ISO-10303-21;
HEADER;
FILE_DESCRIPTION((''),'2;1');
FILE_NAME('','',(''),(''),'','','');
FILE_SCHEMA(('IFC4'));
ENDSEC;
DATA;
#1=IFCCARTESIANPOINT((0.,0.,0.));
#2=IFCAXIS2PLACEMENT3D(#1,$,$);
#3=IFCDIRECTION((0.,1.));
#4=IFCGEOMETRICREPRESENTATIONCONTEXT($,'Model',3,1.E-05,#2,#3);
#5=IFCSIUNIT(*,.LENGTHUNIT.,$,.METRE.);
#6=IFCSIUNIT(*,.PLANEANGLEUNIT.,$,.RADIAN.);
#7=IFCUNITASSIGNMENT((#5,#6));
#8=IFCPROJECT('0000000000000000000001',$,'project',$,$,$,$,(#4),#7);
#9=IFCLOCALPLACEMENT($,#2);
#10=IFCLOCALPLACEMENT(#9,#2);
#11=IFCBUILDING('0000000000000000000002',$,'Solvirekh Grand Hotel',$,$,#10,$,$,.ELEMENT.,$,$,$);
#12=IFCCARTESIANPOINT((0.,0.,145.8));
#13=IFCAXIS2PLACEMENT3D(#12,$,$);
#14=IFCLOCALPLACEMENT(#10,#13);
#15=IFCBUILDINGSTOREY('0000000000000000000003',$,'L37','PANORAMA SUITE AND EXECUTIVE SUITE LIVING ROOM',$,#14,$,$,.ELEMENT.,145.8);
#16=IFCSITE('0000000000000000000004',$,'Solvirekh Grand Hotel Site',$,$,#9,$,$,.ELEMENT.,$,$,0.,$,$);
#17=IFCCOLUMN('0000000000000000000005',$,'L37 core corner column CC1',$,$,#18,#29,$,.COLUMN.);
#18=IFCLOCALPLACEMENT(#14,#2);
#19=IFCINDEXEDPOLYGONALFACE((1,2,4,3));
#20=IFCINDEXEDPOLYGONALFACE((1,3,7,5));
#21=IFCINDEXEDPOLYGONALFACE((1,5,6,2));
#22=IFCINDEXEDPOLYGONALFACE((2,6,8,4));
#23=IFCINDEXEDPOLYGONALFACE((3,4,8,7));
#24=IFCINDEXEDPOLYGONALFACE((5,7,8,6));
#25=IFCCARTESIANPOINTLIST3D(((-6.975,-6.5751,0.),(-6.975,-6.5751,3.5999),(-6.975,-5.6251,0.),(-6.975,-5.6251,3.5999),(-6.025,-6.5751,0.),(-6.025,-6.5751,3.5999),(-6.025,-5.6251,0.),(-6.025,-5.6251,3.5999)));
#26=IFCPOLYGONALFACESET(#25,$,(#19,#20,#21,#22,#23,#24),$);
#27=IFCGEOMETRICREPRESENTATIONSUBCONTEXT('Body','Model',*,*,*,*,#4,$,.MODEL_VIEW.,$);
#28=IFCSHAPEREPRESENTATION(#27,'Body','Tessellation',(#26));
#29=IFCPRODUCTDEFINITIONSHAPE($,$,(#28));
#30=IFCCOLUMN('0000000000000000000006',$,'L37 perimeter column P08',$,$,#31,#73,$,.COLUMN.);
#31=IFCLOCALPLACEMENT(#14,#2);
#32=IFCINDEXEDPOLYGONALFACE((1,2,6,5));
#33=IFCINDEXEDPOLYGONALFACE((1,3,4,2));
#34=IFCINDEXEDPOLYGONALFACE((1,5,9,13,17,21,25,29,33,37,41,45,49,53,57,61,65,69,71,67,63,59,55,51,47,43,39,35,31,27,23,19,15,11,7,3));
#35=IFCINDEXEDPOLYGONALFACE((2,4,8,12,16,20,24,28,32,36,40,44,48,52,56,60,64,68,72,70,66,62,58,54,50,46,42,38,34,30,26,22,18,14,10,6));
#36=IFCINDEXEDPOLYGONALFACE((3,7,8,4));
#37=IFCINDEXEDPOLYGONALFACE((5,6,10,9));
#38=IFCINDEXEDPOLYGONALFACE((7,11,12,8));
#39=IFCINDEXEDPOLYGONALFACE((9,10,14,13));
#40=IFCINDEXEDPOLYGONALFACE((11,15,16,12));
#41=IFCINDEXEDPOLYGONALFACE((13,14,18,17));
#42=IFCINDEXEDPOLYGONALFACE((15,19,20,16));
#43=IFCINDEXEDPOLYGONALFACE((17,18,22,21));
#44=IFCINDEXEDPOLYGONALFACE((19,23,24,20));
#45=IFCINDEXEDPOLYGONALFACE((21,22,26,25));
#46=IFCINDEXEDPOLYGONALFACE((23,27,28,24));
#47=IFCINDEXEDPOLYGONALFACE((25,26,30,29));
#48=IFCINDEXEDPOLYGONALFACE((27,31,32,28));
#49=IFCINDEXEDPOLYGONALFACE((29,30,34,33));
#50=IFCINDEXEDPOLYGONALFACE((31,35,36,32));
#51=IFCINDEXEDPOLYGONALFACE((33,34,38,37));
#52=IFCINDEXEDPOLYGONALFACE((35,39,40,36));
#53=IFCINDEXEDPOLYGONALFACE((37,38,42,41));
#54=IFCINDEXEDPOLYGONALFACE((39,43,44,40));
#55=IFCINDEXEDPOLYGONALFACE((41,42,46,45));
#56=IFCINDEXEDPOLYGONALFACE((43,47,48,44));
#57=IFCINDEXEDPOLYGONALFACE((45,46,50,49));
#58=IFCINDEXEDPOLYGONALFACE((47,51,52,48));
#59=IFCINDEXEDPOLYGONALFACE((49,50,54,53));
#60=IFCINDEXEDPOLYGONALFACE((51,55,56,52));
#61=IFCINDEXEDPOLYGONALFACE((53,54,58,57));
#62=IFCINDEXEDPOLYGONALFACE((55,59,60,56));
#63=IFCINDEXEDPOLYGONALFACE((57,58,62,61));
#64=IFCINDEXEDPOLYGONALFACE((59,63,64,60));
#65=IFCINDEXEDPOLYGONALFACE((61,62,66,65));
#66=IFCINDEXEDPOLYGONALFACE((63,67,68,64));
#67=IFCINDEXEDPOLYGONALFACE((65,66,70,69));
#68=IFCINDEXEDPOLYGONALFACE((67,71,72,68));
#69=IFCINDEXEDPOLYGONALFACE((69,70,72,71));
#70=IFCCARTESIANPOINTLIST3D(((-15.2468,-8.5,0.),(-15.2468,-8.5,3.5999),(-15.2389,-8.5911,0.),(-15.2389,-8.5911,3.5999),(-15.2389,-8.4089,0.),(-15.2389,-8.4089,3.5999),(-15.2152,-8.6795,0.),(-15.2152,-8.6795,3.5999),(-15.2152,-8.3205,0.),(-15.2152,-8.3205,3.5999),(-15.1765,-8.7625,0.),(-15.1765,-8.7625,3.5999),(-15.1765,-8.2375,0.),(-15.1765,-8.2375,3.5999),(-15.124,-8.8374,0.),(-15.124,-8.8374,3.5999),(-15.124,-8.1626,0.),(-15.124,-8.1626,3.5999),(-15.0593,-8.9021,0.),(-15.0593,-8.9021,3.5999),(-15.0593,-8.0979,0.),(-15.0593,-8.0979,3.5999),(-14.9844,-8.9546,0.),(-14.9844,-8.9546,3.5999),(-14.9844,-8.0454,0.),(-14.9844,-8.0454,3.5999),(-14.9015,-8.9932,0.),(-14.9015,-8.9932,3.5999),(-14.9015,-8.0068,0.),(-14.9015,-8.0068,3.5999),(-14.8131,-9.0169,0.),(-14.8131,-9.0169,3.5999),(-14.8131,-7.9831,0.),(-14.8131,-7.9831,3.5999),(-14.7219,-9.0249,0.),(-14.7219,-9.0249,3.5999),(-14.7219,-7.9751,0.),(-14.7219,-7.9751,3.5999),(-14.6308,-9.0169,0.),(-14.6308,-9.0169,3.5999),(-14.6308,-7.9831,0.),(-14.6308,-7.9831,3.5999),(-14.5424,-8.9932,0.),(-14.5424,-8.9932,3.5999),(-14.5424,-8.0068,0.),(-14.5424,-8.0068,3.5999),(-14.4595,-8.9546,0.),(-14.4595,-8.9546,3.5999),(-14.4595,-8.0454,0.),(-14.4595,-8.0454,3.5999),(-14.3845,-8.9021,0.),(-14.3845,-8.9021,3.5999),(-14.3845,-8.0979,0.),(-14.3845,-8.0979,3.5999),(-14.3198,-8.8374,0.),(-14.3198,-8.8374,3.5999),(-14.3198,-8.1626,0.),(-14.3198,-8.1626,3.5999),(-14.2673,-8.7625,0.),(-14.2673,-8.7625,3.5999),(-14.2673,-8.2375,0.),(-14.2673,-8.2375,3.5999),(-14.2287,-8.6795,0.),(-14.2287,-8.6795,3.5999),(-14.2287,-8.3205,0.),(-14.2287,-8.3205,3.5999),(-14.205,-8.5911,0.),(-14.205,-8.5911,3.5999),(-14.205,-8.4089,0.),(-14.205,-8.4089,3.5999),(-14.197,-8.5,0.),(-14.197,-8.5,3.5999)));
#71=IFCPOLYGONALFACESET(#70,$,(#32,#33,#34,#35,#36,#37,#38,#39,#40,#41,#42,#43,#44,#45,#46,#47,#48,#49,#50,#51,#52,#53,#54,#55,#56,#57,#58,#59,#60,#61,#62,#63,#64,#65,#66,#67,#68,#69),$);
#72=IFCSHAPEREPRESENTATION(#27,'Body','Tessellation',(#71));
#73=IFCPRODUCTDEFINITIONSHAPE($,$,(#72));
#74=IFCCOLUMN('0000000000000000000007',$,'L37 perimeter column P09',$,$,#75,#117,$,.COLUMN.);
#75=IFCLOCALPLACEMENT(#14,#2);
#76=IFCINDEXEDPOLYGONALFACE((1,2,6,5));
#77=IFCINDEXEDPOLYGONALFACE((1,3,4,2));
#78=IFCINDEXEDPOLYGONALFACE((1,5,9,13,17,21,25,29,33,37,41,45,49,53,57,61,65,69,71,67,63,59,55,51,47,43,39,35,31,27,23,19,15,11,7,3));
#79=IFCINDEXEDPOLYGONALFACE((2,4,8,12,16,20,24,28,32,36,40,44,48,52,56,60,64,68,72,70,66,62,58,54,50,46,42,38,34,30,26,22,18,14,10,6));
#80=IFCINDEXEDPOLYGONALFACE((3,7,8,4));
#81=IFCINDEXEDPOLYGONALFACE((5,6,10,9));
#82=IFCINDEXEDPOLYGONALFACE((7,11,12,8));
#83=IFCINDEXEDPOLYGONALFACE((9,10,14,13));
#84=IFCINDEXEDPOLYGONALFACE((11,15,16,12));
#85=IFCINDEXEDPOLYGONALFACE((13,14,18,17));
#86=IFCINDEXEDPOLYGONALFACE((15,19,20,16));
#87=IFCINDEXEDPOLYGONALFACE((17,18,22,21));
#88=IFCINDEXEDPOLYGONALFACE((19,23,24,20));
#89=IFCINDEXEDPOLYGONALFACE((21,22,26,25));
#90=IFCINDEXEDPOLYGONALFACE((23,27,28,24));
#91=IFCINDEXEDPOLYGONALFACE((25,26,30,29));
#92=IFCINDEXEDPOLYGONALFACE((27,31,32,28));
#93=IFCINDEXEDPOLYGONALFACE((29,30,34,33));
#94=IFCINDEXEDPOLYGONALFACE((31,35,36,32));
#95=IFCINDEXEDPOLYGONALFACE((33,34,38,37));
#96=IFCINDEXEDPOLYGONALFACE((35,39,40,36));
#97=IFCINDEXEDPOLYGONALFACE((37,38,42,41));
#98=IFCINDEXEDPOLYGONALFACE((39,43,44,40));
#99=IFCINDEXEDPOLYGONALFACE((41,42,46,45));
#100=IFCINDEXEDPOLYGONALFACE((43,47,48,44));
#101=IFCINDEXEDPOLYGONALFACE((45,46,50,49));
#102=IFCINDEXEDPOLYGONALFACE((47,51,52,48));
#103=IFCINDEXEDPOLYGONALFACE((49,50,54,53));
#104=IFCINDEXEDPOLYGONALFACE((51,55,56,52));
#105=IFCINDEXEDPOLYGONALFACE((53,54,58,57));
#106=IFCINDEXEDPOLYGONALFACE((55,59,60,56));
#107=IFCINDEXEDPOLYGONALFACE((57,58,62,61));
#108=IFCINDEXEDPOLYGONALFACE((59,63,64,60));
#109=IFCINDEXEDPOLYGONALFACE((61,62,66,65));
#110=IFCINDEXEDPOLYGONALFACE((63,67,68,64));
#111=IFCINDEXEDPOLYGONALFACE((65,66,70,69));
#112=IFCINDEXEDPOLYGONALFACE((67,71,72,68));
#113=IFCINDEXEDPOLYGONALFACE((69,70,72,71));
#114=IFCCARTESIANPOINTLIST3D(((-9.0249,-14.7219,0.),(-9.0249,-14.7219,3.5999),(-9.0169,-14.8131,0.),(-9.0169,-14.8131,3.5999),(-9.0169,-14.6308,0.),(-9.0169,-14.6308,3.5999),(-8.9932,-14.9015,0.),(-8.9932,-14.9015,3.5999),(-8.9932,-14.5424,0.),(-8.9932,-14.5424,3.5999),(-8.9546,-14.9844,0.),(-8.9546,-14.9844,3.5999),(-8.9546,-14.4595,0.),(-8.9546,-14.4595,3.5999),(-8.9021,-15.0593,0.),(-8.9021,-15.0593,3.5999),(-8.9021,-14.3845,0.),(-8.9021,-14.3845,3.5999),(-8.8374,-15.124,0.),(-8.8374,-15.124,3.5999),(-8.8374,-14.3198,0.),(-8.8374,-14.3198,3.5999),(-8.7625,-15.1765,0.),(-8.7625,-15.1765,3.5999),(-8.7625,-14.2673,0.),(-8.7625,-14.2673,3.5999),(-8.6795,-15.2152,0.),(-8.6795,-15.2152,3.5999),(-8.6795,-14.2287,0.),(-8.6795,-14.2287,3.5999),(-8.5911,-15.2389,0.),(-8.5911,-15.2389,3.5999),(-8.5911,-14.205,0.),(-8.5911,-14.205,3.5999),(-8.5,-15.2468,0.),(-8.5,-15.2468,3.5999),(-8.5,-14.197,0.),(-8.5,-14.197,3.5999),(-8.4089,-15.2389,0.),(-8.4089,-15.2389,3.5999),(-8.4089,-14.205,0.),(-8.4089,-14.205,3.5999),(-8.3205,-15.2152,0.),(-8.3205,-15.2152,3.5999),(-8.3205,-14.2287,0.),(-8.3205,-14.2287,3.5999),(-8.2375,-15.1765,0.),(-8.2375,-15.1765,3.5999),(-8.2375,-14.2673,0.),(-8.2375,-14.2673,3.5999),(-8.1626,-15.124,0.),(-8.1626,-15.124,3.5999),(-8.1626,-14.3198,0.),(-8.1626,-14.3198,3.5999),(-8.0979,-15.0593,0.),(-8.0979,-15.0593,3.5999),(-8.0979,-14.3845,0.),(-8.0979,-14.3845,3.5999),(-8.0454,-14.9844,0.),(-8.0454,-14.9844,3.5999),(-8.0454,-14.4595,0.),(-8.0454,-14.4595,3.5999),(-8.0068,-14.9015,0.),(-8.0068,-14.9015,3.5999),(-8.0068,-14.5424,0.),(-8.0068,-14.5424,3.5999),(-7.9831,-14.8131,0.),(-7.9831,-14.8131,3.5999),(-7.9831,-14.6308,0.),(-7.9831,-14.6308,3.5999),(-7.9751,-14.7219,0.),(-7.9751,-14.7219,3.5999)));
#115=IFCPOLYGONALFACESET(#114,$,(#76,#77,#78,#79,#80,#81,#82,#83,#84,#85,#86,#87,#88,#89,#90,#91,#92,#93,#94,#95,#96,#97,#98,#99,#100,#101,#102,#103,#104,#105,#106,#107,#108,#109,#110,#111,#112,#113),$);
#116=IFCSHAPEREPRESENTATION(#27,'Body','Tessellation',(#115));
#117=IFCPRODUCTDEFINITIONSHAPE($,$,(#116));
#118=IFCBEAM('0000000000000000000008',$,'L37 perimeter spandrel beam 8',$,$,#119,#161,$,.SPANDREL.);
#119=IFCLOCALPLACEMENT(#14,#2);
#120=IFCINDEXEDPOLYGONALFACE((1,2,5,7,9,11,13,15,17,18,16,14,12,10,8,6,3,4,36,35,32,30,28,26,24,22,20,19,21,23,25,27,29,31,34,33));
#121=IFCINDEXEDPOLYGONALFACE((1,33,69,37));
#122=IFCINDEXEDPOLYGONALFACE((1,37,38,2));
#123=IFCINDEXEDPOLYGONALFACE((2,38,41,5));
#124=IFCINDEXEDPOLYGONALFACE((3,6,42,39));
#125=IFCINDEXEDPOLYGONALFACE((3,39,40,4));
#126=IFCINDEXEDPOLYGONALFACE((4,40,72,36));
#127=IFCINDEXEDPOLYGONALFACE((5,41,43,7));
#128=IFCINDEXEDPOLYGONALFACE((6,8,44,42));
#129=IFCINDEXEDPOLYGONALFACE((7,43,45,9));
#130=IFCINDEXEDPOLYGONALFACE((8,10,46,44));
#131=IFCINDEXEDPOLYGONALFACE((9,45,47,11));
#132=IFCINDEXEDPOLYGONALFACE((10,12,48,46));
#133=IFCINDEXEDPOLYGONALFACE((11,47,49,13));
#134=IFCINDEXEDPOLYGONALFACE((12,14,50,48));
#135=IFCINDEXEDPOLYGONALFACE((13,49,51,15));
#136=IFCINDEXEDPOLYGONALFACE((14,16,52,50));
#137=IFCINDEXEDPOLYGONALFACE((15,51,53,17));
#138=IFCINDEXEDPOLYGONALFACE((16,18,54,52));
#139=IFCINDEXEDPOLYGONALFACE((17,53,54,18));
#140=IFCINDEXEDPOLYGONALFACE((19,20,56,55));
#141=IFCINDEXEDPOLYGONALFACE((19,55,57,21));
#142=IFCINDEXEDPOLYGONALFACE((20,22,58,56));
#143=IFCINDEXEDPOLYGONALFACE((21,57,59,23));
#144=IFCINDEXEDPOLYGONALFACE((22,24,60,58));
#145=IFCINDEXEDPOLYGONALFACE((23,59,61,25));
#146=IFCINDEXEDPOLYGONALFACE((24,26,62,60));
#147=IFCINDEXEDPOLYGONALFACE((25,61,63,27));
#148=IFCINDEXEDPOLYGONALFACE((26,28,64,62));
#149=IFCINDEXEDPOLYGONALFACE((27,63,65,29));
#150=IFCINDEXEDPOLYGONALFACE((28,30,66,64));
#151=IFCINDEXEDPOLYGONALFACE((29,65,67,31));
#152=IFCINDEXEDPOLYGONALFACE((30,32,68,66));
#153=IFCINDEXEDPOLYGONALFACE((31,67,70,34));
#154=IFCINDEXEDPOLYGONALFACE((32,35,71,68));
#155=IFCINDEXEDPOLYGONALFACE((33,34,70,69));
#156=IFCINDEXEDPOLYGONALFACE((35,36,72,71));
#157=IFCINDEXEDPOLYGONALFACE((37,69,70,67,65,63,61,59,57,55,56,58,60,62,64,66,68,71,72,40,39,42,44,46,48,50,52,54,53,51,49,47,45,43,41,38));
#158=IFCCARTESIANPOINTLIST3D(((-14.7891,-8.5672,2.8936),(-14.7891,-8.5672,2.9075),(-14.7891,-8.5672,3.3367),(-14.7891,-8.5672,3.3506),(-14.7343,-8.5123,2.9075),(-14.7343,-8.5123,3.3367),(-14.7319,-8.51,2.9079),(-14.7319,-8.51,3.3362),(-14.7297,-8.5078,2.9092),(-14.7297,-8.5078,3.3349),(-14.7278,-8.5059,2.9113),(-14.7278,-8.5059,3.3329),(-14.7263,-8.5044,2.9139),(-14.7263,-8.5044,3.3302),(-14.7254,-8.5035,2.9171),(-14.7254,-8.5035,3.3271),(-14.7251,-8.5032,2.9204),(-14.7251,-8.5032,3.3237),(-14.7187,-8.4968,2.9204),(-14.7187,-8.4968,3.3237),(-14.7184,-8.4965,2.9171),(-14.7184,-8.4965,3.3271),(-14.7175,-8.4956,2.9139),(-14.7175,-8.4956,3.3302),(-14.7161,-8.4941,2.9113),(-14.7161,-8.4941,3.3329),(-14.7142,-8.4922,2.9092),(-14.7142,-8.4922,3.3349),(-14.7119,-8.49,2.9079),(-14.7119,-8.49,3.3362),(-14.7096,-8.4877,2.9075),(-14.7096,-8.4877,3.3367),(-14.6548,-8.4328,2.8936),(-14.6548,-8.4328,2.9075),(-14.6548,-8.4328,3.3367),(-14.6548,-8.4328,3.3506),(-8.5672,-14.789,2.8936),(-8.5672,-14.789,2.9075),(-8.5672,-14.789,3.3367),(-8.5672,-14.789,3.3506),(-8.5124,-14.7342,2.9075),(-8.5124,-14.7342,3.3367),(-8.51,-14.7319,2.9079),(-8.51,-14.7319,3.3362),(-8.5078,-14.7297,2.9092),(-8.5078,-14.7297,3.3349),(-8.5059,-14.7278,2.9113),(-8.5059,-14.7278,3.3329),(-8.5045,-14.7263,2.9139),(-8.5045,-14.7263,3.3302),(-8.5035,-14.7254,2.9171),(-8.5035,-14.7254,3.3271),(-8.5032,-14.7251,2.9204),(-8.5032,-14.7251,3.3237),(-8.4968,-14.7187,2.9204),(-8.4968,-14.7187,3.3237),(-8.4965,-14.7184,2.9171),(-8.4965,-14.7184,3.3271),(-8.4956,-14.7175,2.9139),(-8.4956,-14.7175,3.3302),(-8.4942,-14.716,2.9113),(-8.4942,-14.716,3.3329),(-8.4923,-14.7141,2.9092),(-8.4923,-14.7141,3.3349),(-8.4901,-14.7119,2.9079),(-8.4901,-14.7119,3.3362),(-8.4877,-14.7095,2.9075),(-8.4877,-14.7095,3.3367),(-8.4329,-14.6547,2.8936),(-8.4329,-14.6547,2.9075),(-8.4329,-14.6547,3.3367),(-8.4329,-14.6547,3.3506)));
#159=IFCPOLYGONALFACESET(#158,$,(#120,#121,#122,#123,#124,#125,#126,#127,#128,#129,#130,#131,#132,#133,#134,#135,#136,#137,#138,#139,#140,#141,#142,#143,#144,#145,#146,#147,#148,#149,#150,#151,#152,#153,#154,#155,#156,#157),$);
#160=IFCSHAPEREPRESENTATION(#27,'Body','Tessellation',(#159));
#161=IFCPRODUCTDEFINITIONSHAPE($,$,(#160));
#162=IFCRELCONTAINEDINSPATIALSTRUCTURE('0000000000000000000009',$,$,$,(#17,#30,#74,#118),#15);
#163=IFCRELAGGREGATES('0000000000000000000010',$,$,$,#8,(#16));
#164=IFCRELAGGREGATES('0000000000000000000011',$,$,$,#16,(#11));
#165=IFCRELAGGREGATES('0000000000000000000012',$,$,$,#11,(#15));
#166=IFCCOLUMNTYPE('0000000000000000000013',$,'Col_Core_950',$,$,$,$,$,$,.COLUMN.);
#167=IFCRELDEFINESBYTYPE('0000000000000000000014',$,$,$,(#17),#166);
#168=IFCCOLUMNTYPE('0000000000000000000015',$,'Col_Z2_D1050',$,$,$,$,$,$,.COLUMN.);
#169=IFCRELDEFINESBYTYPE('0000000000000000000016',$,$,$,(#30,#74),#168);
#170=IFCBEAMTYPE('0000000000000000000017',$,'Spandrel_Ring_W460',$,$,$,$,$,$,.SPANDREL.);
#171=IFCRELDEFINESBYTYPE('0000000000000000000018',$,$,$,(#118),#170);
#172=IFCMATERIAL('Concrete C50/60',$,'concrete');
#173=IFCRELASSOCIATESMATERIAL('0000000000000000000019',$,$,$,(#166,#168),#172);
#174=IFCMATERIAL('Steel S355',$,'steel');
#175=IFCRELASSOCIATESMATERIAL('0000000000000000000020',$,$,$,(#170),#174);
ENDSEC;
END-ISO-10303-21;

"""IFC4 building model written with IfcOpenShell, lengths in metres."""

from ifc_helpers import new_model, si_unit, direction, frame, origin, origin_2d, place, context, subcontext, project, spatial, rectangle, circle, i_section, extrude, material, material_profile, profile_set, type_object, element, save


model = new_model("IFC4")

# Units and contexts
model_context = context("Model", 3, precision=1e-05, world=origin(), true_north=direction((0.0, 1.0)))
body_context = subcontext(model_context, "Body", "Model", "MODEL_VIEW")
ifc_project = project(units=[si_unit("LENGTHUNIT", "METRE"), si_unit("PLANEANGLEUNIT", "RADIAN")], contexts=[model_context])

# Site, building, storey
site_placement = place(None, origin())
site = spatial("IfcSite", under=ifc_project, at=site_placement, Name="Solvirekh Grand Hotel Site", CompositionType="ELEMENT", RefElevation=0.0)
building_placement = place(site_placement, origin())
building = spatial("IfcBuilding", under=site, at=building_placement, Name="Solvirekh Grand Hotel", CompositionType="ELEMENT")
storey_placement = place(building_placement, frame((0.0, 0.0, 145.8)))
storey = spatial("IfcBuildingStorey", under=building, at=storey_placement, Name="L37", Description="PANORAMA SUITE AND EXECUTIVE SUITE LIVING ROOM", CompositionType="ELEMENT", Elevation=145.8)

# Columns
ifc_material_1 = material(Name="Concrete C50/60", Category="concrete")
ifc_material_profile_1 = material_profile(ifc_material_1, rectangle(XDim=0.95, YDim=0.95, at=origin_2d()), Name="RC 950X950")
ifc_profile_set_1 = profile_set([ifc_material_profile_1], Name="Concrete C50/60")
column_type_1 = type_object("IfcColumnType", Name="Col_Core_950", PredefinedType="COLUMN", material=ifc_profile_set_1)
column_placement = place(storey_placement, frame((-6.5, -6.1001, 0.0), z_axis=(0.0, 0.0, 1.0), x_axis=(1.0, 0.0, 0.0)))
element("IfcColumn", 1, at=column_placement, inside=storey, type_object=column_type_1, Name="L37 core corner column CC1", PredefinedType="COLUMN", context=body_context, shape_type="SweptSolid", body=[
    extrude(rectangle(XDim=0.95, YDim=0.95, at=origin_2d()), origin(), (0.0, 0.0, 1.0), 3.5999),
])
ifc_material_profile_2 = material_profile(ifc_material_1, circle(Radius=0.5249, at=origin_2d()), Name="RC CIRC D1050")
ifc_profile_set_2 = profile_set([ifc_material_profile_2], Name="Concrete C50/60")
column_type_2 = type_object("IfcColumnType", Name="Col_Z2_D1050", PredefinedType="COLUMN", material=ifc_profile_set_2)
for number, where, z_axis, x_axis, name in (
    (2, (-14.7219, -8.5, 0.0), (0.0, 0.0, 1.0), (1.0, 0.0, 0.0), "L37 perimeter column P08"),
    (3, (-8.5, -14.7219, 0.0), (0.0, 0.0, 1.0), (1.0, 0.0, 0.0), "L37 perimeter column P09"),
):
    element("IfcColumn", number, at=place(storey_placement, frame(where, z_axis=z_axis, x_axis=x_axis)), inside=storey, type_object=column_type_2, Name=name, PredefinedType="COLUMN", context=body_context, shape_type="SweptSolid", body=[
        extrude(circle(Radius=0.5249, at=origin_2d()), origin(), (0.0, 0.0, 1.0), 3.5999),
    ])

# Beam
ifc_material_2 = material(Name="Steel S355", Category="steel")
ifc_material_profile_3 = material_profile(ifc_material_2, i_section(OverallWidth=0.1899, OverallDepth=0.457, WebThickness=0.009, FlangeThickness=0.0139, FilletRadius=0.0129, at=origin_2d()), Name="W460X74")
ifc_profile_set_3 = profile_set([ifc_material_profile_3], Name="Steel S355")
beam_type = type_object("IfcBeamType", Name="Spandrel_Ring_W460", PredefinedType="SPANDREL", material=ifc_profile_set_3)
beam_1_placement = place(storey_placement, frame((-14.7219, -8.5, 3.1221), z_axis=(0.707107, -0.707107, 0.0), x_axis=(0.707107, 0.707107, 0.0)))
element("IfcBeam", 4, at=beam_1_placement, inside=storey, type_object=beam_type, Name="L37 perimeter spandrel beam 8", PredefinedType="SPANDREL", context=body_context, shape_type="SweptSolid", body=[
    extrude(i_section(OverallWidth=0.1899, OverallDepth=0.457, WebThickness=0.009, FlangeThickness=0.0139, FilletRadius=0.0129, at=origin_2d()), origin(), (0.0, 0.0, 1.0), 8.7991),
])

save(model, "model.ifc")
